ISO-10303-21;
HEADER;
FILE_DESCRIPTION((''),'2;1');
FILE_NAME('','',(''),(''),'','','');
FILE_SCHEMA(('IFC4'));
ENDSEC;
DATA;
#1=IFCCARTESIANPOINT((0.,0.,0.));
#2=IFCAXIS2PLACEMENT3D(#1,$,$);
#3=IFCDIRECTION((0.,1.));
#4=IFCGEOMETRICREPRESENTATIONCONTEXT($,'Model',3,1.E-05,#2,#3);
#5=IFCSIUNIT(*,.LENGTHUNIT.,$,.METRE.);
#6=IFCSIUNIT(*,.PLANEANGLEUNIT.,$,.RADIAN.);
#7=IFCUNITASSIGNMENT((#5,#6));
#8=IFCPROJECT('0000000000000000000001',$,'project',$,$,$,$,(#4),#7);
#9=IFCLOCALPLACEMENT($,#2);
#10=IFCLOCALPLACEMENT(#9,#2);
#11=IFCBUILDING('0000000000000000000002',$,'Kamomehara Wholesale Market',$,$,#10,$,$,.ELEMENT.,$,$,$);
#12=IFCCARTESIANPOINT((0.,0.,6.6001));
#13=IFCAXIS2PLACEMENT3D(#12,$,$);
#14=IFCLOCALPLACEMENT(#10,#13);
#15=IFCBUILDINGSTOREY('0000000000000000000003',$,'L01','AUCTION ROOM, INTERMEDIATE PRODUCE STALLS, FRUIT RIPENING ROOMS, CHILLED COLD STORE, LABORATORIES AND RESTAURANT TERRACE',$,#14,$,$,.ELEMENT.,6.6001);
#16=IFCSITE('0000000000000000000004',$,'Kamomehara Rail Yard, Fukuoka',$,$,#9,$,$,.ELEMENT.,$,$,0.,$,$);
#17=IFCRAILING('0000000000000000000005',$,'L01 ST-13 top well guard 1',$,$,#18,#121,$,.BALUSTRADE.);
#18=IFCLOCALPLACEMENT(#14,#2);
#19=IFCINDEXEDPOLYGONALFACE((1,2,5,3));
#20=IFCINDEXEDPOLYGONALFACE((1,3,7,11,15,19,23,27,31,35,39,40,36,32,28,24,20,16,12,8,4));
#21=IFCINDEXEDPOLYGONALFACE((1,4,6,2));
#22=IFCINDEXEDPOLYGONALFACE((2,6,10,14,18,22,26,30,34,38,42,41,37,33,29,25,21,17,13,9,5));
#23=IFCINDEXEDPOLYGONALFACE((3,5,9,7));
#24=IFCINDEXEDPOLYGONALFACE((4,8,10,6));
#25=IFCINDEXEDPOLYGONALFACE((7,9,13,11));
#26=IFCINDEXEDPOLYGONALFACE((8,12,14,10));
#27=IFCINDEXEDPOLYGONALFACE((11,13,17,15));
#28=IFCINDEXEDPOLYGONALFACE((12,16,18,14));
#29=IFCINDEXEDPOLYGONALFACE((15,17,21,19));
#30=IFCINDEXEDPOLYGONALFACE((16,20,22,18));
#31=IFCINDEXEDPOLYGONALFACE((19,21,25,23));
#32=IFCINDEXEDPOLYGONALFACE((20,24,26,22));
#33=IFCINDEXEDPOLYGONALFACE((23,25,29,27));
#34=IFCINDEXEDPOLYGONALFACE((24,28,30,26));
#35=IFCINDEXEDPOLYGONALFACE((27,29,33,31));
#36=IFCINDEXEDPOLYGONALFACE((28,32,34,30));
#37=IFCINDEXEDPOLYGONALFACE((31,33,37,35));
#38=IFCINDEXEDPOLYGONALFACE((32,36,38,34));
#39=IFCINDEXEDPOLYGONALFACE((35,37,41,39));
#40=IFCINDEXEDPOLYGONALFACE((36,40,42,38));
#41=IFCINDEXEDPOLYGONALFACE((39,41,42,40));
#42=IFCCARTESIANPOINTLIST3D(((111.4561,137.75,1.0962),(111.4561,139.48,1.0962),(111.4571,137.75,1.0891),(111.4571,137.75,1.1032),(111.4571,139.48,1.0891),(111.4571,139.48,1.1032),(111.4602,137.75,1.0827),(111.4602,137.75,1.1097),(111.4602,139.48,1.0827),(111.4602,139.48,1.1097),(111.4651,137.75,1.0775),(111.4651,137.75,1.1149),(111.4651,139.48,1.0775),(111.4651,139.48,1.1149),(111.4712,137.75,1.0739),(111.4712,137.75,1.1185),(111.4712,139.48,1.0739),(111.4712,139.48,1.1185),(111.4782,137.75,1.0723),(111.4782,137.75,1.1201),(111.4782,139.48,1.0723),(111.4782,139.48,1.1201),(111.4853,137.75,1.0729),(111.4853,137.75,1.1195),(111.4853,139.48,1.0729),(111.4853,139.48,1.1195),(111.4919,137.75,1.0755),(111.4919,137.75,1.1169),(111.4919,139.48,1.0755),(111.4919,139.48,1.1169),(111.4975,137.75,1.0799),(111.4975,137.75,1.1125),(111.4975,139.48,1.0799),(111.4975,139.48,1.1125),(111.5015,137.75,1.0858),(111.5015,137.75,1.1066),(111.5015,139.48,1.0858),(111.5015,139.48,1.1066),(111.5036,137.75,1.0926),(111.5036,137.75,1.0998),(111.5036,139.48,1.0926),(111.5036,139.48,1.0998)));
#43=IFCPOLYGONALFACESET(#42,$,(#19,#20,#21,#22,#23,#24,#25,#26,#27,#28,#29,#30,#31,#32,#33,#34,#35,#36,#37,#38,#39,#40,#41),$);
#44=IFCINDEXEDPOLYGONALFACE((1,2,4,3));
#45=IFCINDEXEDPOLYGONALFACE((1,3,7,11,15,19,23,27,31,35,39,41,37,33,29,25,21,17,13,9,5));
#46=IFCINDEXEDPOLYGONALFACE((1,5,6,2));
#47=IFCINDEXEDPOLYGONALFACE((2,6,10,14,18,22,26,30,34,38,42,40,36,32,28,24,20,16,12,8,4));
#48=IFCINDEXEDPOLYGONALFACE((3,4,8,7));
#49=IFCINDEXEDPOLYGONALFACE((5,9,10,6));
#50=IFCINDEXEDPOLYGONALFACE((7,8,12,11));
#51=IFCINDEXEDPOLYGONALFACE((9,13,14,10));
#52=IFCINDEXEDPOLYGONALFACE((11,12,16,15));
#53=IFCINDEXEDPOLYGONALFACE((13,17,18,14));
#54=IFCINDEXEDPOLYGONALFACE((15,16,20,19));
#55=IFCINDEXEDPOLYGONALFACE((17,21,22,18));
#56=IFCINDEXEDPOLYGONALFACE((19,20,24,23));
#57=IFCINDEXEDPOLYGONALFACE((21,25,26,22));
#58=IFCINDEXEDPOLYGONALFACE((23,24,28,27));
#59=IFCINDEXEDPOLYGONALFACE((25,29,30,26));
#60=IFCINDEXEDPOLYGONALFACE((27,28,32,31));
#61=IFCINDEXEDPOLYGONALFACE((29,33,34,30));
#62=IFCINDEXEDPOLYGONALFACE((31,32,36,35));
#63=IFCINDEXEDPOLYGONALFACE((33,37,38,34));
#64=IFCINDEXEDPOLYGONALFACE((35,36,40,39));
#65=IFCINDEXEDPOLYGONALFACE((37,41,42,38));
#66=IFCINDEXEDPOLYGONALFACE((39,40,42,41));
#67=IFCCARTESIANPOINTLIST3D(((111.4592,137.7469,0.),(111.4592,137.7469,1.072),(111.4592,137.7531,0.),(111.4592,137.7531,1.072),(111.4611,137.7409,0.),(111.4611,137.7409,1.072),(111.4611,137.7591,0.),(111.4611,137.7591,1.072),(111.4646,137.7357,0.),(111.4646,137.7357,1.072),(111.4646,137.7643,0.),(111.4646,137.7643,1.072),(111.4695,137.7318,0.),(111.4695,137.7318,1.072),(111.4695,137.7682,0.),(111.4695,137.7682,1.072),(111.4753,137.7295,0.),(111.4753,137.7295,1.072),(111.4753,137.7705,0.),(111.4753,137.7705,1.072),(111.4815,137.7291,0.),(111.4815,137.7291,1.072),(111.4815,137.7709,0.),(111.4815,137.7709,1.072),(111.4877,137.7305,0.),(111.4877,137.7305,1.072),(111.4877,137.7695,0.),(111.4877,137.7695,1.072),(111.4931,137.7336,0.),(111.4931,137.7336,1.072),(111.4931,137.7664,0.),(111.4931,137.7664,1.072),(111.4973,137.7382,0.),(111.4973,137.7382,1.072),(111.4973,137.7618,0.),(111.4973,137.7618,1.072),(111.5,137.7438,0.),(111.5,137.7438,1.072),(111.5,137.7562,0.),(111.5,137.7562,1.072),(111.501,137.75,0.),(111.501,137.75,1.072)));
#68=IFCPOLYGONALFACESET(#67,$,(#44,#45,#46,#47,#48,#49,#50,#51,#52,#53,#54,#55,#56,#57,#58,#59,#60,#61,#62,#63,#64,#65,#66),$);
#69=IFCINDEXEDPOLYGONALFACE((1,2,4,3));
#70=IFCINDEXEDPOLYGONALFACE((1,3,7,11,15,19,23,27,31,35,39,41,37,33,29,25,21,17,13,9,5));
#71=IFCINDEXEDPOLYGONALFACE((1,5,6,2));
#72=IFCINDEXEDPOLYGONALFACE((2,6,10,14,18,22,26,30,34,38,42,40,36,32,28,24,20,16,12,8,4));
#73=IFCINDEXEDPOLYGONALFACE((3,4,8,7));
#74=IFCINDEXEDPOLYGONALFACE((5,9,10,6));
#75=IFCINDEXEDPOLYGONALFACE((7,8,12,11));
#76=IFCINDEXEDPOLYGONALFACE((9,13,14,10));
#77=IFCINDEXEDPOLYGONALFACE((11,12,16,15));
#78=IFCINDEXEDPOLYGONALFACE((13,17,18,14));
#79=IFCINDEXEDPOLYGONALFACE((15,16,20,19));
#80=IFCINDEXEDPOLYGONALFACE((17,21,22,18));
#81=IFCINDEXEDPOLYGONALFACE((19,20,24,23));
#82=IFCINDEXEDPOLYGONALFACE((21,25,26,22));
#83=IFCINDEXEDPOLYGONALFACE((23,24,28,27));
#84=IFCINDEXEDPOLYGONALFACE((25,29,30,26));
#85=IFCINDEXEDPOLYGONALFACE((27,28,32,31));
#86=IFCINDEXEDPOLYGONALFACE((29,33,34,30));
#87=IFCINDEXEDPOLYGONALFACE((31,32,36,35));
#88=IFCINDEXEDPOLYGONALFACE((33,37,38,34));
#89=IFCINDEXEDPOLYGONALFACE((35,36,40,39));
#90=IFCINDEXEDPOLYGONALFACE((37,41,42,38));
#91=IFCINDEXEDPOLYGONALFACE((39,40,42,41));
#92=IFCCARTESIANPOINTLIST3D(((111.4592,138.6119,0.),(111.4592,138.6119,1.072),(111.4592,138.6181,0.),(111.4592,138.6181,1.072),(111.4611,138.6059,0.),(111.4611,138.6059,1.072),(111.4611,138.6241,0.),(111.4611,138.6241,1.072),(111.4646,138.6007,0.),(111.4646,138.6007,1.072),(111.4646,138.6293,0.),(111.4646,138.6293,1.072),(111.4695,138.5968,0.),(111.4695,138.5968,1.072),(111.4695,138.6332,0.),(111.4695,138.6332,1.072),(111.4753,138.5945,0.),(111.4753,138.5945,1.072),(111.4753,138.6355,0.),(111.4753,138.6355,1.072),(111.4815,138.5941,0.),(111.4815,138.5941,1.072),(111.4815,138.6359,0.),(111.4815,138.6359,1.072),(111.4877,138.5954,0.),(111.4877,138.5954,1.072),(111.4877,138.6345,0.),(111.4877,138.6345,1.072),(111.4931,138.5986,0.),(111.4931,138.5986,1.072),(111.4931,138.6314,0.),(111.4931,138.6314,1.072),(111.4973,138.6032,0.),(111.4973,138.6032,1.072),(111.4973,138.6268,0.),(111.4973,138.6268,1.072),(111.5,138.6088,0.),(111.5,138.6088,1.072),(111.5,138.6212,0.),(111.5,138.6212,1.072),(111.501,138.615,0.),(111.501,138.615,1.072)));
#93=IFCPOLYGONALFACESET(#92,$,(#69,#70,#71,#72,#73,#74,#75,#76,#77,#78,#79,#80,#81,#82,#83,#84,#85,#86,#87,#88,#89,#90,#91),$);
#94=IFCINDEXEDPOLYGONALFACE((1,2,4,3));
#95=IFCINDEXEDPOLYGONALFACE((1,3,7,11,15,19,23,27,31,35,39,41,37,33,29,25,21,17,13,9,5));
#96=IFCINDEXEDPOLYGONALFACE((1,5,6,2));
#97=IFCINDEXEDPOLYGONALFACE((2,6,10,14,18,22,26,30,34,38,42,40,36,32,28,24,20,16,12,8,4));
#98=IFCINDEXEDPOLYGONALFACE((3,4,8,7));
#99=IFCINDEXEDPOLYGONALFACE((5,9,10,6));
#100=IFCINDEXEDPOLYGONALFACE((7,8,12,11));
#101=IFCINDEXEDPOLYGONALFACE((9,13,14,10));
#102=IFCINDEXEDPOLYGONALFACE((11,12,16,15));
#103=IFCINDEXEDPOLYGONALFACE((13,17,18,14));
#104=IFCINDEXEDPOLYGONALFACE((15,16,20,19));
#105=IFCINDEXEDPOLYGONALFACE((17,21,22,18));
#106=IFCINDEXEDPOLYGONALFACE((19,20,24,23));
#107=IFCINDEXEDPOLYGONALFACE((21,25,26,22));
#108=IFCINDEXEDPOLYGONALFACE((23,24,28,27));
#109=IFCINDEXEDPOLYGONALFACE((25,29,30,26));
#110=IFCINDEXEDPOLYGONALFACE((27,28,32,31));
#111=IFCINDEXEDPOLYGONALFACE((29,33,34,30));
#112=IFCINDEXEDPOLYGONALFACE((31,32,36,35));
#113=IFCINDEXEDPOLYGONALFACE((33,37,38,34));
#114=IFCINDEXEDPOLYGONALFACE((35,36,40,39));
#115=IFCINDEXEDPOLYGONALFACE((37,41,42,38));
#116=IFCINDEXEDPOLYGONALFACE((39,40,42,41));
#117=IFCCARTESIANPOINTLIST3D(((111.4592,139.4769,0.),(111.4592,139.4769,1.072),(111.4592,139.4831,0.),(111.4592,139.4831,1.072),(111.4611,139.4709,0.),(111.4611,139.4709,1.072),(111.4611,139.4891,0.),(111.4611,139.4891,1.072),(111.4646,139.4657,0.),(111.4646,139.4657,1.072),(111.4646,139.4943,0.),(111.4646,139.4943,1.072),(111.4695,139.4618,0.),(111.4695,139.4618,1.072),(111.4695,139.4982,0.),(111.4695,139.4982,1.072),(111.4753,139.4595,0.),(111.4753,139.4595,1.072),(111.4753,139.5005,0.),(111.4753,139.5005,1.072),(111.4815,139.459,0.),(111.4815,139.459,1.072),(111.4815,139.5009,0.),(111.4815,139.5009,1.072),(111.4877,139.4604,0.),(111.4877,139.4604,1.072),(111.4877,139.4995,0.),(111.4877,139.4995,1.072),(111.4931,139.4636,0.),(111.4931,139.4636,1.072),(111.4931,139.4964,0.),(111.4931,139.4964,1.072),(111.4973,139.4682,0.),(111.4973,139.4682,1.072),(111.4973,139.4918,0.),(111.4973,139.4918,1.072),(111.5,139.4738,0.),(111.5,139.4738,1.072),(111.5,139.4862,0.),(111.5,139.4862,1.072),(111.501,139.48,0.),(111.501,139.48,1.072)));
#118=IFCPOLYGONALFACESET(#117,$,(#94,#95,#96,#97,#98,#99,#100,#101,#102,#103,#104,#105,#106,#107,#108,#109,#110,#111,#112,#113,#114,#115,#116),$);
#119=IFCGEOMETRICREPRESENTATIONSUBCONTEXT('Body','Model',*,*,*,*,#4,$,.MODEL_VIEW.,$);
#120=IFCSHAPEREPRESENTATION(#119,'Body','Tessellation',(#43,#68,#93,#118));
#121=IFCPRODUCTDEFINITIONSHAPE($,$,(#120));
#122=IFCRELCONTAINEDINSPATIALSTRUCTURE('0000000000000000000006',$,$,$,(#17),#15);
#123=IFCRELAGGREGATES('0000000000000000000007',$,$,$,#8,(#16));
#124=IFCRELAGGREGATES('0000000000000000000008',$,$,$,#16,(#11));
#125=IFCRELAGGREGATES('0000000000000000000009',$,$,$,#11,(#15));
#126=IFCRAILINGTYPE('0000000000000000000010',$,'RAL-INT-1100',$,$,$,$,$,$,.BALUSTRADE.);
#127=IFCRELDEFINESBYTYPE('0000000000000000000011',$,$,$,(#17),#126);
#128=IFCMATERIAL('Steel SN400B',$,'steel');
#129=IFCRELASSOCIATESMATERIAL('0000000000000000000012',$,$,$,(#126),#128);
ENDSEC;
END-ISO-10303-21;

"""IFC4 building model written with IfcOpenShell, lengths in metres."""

from ifc_helpers import new_model, si_unit, direction, frame, origin, origin_2d, place, context, subcontext, project, spatial, circle, extrude, material, type_object, element, save


model = new_model("IFC4")

# Units and contexts
model_context = context("Model", 3, precision=1e-05, world=origin(), true_north=direction((0.0, 1.0)))
body_context = subcontext(model_context, "Body", "Model", "MODEL_VIEW")
ifc_project = project(units=[si_unit("LENGTHUNIT", "METRE"), si_unit("PLANEANGLEUNIT", "RADIAN")], contexts=[model_context])

# Site, building, storey
site_placement = place(None, origin())
site = spatial("IfcSite", under=ifc_project, at=site_placement, Name="Kamomehara Rail Yard, Fukuoka", CompositionType="ELEMENT", RefElevation=0.0)
building_placement = place(site_placement, origin())
building = spatial("IfcBuilding", under=site, at=building_placement, Name="Kamomehara Wholesale Market", CompositionType="ELEMENT")
storey_placement = place(building_placement, frame((0.0, 0.0, 6.6001)))
storey = spatial("IfcBuildingStorey", under=building, at=storey_placement, Name="L01", Description="AUCTION ROOM, INTERMEDIATE PRODUCE STALLS, FRUIT RIPENING ROOMS, CHILLED COLD STORE, LABORATORIES AND RESTAURANT TERRACE", CompositionType="ELEMENT", Elevation=6.6001)

# Railing
ifc_material_1 = material(Name="Steel SN400B", Category="steel")
railing_type = type_object("IfcRailingType", Name="RAL-INT-1100", PredefinedType="BALUSTRADE", material=ifc_material_1)
railing_1_placement = place(storey_placement, frame((111.48, 137.75, 0.0)))
element("IfcRailing", 1, at=railing_1_placement, inside=storey, type_object=railing_type, Name="L01 ST-13 top well guard 1", PredefinedType="BALUSTRADE", context=body_context, shape_type="SweptSolid", body=[
    extrude(circle(Radius=0.0239, at=origin_2d()), frame((0.0, 0.0, 1.0962), z_axis=(0.0, 1.0, 0.0), x_axis=(-1.0, 0.0, 0.0)), (0.0, 0.0, 1.0), 1.73),
    extrude(circle(Radius=0.021, at=origin_2d()), origin(), (0.0, 0.0, 1.0), 1.072),
    extrude(circle(Radius=0.021, at=origin_2d()), frame((0.0, 0.865, 0.0)), (0.0, 0.0, 1.0), 1.072),
    extrude(circle(Radius=0.021, at=origin_2d()), frame((0.0, 1.73, 0.0)), (0.0, 0.0, 1.0), 1.072),
])

save(model, "model.ifc")
